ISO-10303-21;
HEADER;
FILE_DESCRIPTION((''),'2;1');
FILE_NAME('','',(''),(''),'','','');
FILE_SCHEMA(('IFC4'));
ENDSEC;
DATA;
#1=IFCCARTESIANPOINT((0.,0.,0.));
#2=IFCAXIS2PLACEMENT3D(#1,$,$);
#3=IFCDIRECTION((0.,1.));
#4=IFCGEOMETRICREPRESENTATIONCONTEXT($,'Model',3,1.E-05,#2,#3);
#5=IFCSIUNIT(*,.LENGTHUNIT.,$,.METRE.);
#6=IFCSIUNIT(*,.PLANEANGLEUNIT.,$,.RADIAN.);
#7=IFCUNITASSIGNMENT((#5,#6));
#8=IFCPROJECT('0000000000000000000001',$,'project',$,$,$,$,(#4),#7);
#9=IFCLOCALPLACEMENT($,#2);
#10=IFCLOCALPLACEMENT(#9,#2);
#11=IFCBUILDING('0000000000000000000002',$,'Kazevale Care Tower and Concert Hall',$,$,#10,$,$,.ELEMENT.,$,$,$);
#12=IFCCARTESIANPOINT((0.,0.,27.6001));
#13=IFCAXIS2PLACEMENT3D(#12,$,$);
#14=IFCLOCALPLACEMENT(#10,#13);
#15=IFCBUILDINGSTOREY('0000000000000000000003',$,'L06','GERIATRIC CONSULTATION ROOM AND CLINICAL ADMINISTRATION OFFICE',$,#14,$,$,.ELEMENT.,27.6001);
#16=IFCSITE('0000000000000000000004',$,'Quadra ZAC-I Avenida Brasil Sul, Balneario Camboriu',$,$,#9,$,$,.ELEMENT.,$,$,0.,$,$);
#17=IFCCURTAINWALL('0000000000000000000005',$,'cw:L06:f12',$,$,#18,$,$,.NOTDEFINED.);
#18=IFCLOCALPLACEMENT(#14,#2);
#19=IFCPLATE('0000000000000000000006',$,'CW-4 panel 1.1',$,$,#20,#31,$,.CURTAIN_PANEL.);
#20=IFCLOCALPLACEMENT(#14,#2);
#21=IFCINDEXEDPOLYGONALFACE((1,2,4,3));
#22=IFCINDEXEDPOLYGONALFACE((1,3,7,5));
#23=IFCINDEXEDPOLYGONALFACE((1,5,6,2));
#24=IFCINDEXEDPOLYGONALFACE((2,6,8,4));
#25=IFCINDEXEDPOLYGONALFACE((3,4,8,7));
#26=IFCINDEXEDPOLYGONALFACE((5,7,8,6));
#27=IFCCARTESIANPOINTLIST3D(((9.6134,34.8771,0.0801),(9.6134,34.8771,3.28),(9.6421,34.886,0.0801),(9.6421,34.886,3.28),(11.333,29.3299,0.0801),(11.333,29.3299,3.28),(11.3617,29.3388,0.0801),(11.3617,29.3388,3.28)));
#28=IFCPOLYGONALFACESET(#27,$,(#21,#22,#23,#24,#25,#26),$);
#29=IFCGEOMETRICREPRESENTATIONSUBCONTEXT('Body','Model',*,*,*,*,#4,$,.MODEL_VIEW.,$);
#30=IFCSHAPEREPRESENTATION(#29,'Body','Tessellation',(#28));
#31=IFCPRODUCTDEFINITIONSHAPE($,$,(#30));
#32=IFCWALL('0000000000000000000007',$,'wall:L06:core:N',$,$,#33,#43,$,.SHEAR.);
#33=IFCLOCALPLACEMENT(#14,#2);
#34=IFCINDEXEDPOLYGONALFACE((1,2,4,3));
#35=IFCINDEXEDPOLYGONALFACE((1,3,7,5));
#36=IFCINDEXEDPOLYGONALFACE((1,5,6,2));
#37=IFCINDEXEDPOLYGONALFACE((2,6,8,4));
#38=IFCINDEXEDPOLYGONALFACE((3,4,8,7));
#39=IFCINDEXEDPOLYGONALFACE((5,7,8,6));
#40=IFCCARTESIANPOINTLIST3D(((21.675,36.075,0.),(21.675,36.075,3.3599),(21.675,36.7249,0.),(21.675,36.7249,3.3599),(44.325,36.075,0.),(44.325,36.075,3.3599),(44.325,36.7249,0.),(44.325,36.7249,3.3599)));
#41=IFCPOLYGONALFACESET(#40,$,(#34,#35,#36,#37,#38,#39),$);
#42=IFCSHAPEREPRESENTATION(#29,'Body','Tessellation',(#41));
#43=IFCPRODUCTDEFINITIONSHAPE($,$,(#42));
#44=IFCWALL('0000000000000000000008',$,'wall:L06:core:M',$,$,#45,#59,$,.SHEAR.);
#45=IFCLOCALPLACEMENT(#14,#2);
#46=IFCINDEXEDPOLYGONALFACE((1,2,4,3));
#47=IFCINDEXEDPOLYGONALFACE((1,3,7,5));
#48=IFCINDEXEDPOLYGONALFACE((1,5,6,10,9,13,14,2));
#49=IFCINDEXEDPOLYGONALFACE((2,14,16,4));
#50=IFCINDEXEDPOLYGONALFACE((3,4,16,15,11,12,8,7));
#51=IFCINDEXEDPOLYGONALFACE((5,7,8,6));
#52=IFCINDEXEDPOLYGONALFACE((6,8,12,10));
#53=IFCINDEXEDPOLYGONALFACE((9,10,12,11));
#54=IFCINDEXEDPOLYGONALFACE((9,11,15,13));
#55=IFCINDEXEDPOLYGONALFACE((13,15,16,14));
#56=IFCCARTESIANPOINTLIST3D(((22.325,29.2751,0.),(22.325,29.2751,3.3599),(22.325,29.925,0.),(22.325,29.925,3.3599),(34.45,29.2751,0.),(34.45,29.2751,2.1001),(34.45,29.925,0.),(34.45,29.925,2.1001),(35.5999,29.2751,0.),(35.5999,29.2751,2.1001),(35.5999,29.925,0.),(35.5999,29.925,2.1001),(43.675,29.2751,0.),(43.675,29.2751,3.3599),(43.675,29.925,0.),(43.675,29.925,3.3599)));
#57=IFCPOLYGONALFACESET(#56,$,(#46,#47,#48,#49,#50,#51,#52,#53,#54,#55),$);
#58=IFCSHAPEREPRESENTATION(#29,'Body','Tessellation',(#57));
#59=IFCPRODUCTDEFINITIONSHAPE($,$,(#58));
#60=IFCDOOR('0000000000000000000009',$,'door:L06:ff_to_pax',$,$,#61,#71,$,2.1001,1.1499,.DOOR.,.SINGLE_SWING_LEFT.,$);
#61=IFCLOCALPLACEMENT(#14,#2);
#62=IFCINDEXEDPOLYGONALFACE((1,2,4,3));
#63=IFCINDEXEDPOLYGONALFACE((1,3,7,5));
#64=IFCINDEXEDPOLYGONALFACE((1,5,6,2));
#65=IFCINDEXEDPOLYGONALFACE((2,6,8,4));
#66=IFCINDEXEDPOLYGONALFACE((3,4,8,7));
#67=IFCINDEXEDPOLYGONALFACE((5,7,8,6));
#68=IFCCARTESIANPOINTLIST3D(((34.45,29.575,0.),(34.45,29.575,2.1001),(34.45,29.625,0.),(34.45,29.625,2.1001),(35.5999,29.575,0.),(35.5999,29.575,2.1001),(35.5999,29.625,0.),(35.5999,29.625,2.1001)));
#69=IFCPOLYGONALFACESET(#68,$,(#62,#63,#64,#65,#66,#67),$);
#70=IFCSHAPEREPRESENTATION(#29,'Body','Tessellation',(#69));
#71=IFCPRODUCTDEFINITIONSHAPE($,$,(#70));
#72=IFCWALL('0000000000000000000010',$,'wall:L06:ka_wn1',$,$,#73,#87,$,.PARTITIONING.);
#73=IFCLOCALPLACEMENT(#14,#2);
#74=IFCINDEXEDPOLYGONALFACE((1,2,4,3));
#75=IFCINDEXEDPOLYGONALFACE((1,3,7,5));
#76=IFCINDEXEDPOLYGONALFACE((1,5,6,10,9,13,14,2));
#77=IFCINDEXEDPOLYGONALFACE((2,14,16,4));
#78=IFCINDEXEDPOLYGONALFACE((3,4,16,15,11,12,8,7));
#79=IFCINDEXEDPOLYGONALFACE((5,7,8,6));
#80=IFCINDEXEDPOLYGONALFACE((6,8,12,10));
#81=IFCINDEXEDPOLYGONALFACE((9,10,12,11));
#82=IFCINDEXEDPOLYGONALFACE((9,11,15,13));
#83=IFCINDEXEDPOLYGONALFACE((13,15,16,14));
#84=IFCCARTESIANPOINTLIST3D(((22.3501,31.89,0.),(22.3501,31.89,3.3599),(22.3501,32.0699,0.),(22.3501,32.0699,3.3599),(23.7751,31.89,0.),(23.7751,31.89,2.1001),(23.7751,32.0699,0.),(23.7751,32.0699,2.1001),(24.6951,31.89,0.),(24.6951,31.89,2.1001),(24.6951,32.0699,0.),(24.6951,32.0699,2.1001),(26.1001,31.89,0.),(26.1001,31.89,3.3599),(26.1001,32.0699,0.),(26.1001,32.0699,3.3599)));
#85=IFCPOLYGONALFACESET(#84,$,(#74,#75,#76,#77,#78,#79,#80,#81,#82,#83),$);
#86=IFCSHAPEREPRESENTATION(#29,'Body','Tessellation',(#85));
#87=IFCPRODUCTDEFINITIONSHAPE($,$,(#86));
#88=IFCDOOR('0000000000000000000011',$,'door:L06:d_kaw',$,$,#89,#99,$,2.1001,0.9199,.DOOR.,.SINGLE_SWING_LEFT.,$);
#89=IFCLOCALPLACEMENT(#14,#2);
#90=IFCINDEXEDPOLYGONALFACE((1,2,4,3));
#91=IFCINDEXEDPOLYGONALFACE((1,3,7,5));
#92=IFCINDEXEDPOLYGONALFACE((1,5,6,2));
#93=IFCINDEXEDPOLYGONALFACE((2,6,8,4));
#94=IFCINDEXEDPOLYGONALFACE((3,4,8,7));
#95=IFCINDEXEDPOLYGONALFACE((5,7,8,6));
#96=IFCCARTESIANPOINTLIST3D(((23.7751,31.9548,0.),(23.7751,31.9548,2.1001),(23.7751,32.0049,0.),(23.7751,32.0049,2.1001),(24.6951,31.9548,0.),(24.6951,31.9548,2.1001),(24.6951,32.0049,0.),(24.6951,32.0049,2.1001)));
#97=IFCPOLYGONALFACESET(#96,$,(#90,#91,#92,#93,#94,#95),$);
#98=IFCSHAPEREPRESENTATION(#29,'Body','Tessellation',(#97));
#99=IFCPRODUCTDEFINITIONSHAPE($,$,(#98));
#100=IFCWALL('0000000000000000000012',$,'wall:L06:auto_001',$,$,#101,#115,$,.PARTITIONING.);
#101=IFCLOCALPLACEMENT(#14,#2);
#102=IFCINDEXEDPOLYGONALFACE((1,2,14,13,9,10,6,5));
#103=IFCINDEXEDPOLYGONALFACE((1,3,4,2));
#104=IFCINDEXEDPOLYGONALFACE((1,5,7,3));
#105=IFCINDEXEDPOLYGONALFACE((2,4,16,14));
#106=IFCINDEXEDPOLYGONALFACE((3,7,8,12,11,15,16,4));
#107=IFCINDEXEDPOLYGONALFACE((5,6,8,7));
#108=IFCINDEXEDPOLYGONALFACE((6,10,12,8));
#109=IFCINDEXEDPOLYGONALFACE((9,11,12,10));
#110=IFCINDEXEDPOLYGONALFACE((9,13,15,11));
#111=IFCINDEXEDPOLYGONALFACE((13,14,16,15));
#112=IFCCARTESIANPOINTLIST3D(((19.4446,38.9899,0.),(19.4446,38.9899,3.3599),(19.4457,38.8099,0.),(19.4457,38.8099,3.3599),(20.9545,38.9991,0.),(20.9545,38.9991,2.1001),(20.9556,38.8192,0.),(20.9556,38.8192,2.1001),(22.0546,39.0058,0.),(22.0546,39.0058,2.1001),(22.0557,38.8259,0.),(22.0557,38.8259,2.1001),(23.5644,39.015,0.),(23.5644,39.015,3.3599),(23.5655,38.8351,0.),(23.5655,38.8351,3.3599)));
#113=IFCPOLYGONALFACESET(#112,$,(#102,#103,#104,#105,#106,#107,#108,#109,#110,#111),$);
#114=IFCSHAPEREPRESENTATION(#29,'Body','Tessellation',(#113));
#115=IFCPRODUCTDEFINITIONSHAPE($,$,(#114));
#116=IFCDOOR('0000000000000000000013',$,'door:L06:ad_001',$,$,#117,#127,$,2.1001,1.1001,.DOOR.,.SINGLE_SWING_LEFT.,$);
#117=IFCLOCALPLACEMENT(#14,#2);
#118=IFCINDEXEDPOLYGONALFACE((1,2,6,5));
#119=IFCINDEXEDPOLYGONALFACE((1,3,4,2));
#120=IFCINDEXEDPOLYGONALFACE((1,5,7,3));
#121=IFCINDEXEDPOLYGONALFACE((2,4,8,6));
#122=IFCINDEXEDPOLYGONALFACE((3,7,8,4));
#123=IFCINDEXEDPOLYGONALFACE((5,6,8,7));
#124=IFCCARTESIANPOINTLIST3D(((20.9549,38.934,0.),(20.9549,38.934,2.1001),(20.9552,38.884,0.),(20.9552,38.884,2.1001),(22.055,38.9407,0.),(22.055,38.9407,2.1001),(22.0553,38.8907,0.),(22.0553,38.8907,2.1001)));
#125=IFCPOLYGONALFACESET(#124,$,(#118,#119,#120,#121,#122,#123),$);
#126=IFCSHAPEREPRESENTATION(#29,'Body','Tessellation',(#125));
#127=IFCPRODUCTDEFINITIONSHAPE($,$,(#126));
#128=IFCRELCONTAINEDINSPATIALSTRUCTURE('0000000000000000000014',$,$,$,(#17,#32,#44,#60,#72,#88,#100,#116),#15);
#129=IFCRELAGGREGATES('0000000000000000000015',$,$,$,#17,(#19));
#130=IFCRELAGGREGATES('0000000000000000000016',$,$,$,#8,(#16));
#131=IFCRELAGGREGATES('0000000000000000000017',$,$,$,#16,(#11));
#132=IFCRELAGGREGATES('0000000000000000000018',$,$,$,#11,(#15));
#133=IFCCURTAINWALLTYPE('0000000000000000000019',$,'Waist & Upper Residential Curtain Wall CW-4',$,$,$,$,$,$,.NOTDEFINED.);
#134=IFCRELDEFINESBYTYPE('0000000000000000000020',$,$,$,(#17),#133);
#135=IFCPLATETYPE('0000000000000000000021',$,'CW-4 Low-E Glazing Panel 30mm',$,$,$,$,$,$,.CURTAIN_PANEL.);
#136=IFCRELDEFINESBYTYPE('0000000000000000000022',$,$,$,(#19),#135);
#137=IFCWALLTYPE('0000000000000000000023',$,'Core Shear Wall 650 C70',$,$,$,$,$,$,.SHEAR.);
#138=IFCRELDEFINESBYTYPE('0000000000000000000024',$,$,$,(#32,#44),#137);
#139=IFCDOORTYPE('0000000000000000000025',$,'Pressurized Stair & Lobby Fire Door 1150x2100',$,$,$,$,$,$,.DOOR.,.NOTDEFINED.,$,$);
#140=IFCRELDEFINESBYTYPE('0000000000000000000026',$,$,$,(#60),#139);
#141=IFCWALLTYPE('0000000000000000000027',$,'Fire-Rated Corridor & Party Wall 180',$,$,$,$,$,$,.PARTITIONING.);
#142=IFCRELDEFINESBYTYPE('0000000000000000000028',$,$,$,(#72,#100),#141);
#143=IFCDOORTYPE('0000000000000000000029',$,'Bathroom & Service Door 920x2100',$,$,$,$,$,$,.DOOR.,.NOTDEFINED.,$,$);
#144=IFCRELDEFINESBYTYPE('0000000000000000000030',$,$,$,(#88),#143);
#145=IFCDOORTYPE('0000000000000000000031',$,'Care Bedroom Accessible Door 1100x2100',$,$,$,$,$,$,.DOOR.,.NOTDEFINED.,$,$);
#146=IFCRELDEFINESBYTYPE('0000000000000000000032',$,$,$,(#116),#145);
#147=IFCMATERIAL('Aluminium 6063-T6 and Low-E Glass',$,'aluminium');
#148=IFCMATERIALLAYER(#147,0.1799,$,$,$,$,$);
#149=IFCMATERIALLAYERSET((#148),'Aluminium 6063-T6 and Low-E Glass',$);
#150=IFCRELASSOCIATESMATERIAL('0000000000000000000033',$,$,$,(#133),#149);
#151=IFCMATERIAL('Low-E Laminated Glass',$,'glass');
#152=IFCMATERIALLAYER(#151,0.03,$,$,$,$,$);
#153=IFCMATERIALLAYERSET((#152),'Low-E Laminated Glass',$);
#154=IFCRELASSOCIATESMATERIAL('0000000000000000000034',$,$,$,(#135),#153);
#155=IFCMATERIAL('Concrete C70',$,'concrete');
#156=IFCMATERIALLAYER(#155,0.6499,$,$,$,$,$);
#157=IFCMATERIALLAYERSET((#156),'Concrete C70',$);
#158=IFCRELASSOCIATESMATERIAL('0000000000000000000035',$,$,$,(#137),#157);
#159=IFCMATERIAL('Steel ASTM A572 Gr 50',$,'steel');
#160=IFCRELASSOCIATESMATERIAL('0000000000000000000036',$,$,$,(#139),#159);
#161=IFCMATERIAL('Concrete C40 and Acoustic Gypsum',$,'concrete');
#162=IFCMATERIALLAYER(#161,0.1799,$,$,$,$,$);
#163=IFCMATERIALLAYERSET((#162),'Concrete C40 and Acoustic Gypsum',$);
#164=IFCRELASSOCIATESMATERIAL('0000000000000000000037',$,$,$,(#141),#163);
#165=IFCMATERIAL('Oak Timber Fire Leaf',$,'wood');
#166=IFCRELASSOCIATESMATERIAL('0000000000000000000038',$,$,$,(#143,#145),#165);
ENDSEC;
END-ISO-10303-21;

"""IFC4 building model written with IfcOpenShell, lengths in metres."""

from ifc_helpers import new_model, si_unit, direction, frame, frame_2d, origin, origin_2d, place, context, subcontext, project, spatial, rectangle, extrude, material, layer, layer_set, type_object, element, fill, aggregate, save


model = new_model("IFC4")

# Units and contexts
model_context = context("Model", 3, precision=1e-05, world=origin(), true_north=direction((0.0, 1.0)))
body_context = subcontext(model_context, "Body", "Model", "MODEL_VIEW")
ifc_project = project(units=[si_unit("LENGTHUNIT", "METRE"), si_unit("PLANEANGLEUNIT", "RADIAN")], contexts=[model_context])

# Site, building, storey
site_placement = place(None, origin())
site = spatial("IfcSite", under=ifc_project, at=site_placement, Name="Quadra ZAC-I Avenida Brasil Sul, Balneario Camboriu", CompositionType="ELEMENT", RefElevation=0.0)
building_placement = place(site_placement, origin())
building = spatial("IfcBuilding", under=site, at=building_placement, Name="Kazevale Care Tower and Concert Hall", CompositionType="ELEMENT")
storey_placement = place(building_placement, frame((0.0, 0.0, 27.6001)))
storey = spatial("IfcBuildingStorey", under=building, at=storey_placement, Name="L06", Description="GERIATRIC CONSULTATION ROOM AND CLINICAL ADMINISTRATION OFFICE", CompositionType="ELEMENT", Elevation=27.6001)

# Shared definitions
ifc_material_1 = material(Name="Concrete C70", Category="concrete")

# Curtain wall
ifc_material_2 = material(Name="Aluminium 6063-T6 and Low-E Glass", Category="aluminium")
ifc_layer_1 = layer(ifc_material_2, 0.1799)
ifc_layer_set_1 = layer_set([ifc_layer_1], Name="Aluminium 6063-T6 and Low-E Glass")
curtain_wall_type = type_object("IfcCurtainWallType", Name="Waist & Upper Residential Curtain Wall CW-4", PredefinedType="NOTDEFINED", material=ifc_layer_set_1)
curtain_wall_1_placement = place(storey_placement, origin())
curtain_wall_1 = element("IfcCurtainWall", 1, at=curtain_wall_1_placement, inside=storey, type_object=curtain_wall_type, Name="cw:L06:f12", PredefinedType="NOTDEFINED")

# Shared definitions
ifc_material_3 = material(Name="Steel ASTM A572 Gr 50", Category="steel")

# Plate
ifc_material_4 = material(Name="Low-E Laminated Glass", Category="glass")
ifc_layer_2 = layer(ifc_material_4, 0.03)
ifc_layer_set_2 = layer_set([ifc_layer_2], Name="Low-E Laminated Glass")
plate_type = type_object("IfcPlateType", Name="CW-4 Low-E Glazing Panel 30mm", PredefinedType="CURTAIN_PANEL", material=ifc_layer_set_2)
plate_placement = place(storey_placement, frame((10.4875, 32.1079, 0.0801), z_axis=(0.0, 0.0, 1.0), x_axis=(-0.296099, 0.955157, 0.0)))
plate = element("IfcPlate", 2, at=plate_placement, type_object=plate_type, Name="CW-4 panel 1.1", PredefinedType="CURTAIN_PANEL", context=body_context, shape_type="SweptSolid", body=[
    extrude(rectangle(XDim=5.8076, YDim=0.03, at=origin_2d()), origin(), (0.0, 0.0, 1.0), 3.2),
])
aggregate(curtain_wall_1, [plate])

# Wall
ifc_layer_3 = layer(ifc_material_1, 0.6499)
ifc_layer_set_3 = layer_set([ifc_layer_3], Name="Concrete C70")
wall_type_1 = type_object("IfcWallType", Name="Core Shear Wall 650 C70", PredefinedType="SHEAR", material=ifc_layer_set_3)
wall_1_placement = place(storey_placement, frame((21.675, 36.3999, 0.0), z_axis=(0.0, 0.0, 1.0), x_axis=(1.0, 0.0, 0.0)))
element("IfcWall", 3, at=wall_1_placement, inside=storey, type_object=wall_type_1, Name="wall:L06:core:N", PredefinedType="SHEAR", context=body_context, shape_type="SweptSolid", body=[
    extrude(rectangle(XDim=22.6499, YDim=0.6499, at=frame_2d((11.325, 0.0))), origin(), (0.0, 0.0, 1.0), 3.3599),
])

# Walls, openings, doors
wall_2_placement = place(storey_placement, frame((22.325, 29.6001, 0.0), z_axis=(0.0, 0.0, 1.0), x_axis=(1.0, 0.0, 0.0)))
wall_2 = element("IfcWall", 4, at=wall_2_placement, inside=storey, type_object=wall_type_1, Name="wall:L06:core:M", PredefinedType="SHEAR", context=body_context, shape_type="SweptSolid", body=[
    extrude(rectangle(XDim=21.3501, YDim=0.6499, at=frame_2d((10.675, 0.0))), origin(), (0.0, 0.0, 1.0), 3.3599),
])
opening_1_placement = place(wall_2_placement, frame((12.125, 0.0, 0.0)))
opening_1 = element("IfcOpeningElement", 5, at=opening_1_placement, cuts=wall_2, PredefinedType="OPENING", context=body_context, shape_type="SweptSolid", body=[
    extrude(rectangle(XDim=1.1499, YDim=2.1001, at=frame_2d((0.575, 1.05))), frame((0.0, 0.335, 0.0), z_axis=(0.0, -1.0, 0.0), x_axis=(1.0, 0.0, 0.0)), (0.0, 0.0, 1.0), 0.6699),
])
door_type_1 = type_object("IfcDoorType", Name="Pressurized Stair & Lobby Fire Door 1150x2100", OperationType="NOTDEFINED", PredefinedType="DOOR", material=ifc_material_3)
door_1_placement = place(opening_1_placement, origin())
door_1 = element("IfcDoor", 6, at=door_1_placement, inside=storey, type_object=door_type_1, Name="door:L06:ff_to_pax", OperationType="SINGLE_SWING_LEFT", OverallHeight=2.1001, OverallWidth=1.1499, PredefinedType="DOOR", context=body_context, shape_type="SweptSolid", body=[
    extrude(rectangle(XDim=1.1499, YDim=2.1001, at=frame_2d((0.575, 1.05))), frame((0.0, 0.0249, 0.0), z_axis=(0.0, -1.0, 0.0), x_axis=(1.0, 0.0, 0.0)), (0.0, 0.0, 1.0), 0.05),
])
fill(opening_1, door_1)
ifc_material_5 = material(Name="Concrete C40 and Acoustic Gypsum", Category="concrete")
ifc_layer_4 = layer(ifc_material_5, 0.1799)
ifc_layer_set_4 = layer_set([ifc_layer_4], Name="Concrete C40 and Acoustic Gypsum")
wall_type_2 = type_object("IfcWallType", Name="Fire-Rated Corridor & Party Wall 180", PredefinedType="PARTITIONING", material=ifc_layer_set_4)
wall_3_placement = place(storey_placement, frame((22.3501, 31.98, 0.0), z_axis=(0.0, 0.0, 1.0), x_axis=(1.0, 0.0, 0.0)))
wall_3 = element("IfcWall", 7, at=wall_3_placement, inside=storey, type_object=wall_type_2, Name="wall:L06:ka_wn1", PredefinedType="PARTITIONING", context=body_context, shape_type="SweptSolid", body=[
    extrude(rectangle(XDim=3.75, YDim=0.1799, at=frame_2d((1.875, 0.0))), origin(), (0.0, 0.0, 1.0), 3.3599),
])
opening_2_placement = place(wall_3_placement, frame((1.425, 0.0, 0.0)))
opening_2 = element("IfcOpeningElement", 8, at=opening_2_placement, cuts=wall_3, PredefinedType="OPENING", context=body_context, shape_type="SweptSolid", body=[
    extrude(rectangle(XDim=0.9199, YDim=2.1001, at=frame_2d((0.46, 1.05))), frame((0.0, 0.0999, 0.0), z_axis=(0.0, -1.0, 0.0), x_axis=(1.0, 0.0, 0.0)), (0.0, 0.0, 1.0), 0.2),
])
ifc_material_6 = material(Name="Oak Timber Fire Leaf", Category="wood")
door_type_2 = type_object("IfcDoorType", Name="Bathroom & Service Door 920x2100", OperationType="NOTDEFINED", PredefinedType="DOOR", material=ifc_material_6)
door_2_placement = place(opening_2_placement, origin())
door_2 = element("IfcDoor", 9, at=door_2_placement, inside=storey, type_object=door_type_2, Name="door:L06:d_kaw", OperationType="SINGLE_SWING_LEFT", OverallHeight=2.1001, OverallWidth=0.9199, PredefinedType="DOOR", context=body_context, shape_type="SweptSolid", body=[
    extrude(rectangle(XDim=0.9199, YDim=2.1001, at=frame_2d((0.46, 1.05))), frame((0.0, 0.0249, 0.0), z_axis=(0.0, -1.0, 0.0), x_axis=(1.0, 0.0, 0.0)), (0.0, 0.0, 1.0), 0.05),
])
fill(opening_2, door_2)
wall_4_placement = place(storey_placement, frame((19.4451, 38.8999, 0.0), z_axis=(0.0, 0.0, 1.0), x_axis=(0.999981, 0.006104, 0.0)))
wall_4 = element("IfcWall", 10, at=wall_4_placement, inside=storey, type_object=wall_type_2, Name="wall:L06:auto_001", PredefinedType="PARTITIONING", context=body_context, shape_type="SweptSolid", body=[
    extrude(rectangle(XDim=4.1199, YDim=0.1799, at=frame_2d((2.0601, 0.0))), origin(), (0.0, 0.0, 1.0), 3.3599),
])
opening_3_placement = place(wall_4_placement, frame((1.51, 0.0, 0.0)))
opening_3 = element("IfcOpeningElement", 11, at=opening_3_placement, cuts=wall_4, PredefinedType="OPENING", context=body_context, shape_type="SweptSolid", body=[
    extrude(rectangle(XDim=1.1001, YDim=2.1001, at=frame_2d((0.55, 1.05))), frame((0.0, 0.0999, 0.0), z_axis=(0.0, -1.0, 0.0), x_axis=(1.0, 0.0, 0.0)), (0.0, 0.0, 1.0), 0.2),
])
door_type_3 = type_object("IfcDoorType", Name="Care Bedroom Accessible Door 1100x2100", OperationType="NOTDEFINED", PredefinedType="DOOR", material=ifc_material_6)
door_3_placement = place(opening_3_placement, origin())
door_3 = element("IfcDoor", 12, at=door_3_placement, inside=storey, type_object=door_type_3, Name="door:L06:ad_001", OperationType="SINGLE_SWING_LEFT", OverallHeight=2.1001, OverallWidth=1.1001, PredefinedType="DOOR", context=body_context, shape_type="SweptSolid", body=[
    extrude(rectangle(XDim=1.1001, YDim=2.1001, at=frame_2d((0.55, 1.05))), frame((0.0, 0.0249, 0.0), z_axis=(0.0, -1.0, 0.0), x_axis=(1.0, 0.0, 0.0)), (0.0, 0.0, 1.0), 0.05),
])
fill(opening_3, door_3)

save(model, "model.ifc")
